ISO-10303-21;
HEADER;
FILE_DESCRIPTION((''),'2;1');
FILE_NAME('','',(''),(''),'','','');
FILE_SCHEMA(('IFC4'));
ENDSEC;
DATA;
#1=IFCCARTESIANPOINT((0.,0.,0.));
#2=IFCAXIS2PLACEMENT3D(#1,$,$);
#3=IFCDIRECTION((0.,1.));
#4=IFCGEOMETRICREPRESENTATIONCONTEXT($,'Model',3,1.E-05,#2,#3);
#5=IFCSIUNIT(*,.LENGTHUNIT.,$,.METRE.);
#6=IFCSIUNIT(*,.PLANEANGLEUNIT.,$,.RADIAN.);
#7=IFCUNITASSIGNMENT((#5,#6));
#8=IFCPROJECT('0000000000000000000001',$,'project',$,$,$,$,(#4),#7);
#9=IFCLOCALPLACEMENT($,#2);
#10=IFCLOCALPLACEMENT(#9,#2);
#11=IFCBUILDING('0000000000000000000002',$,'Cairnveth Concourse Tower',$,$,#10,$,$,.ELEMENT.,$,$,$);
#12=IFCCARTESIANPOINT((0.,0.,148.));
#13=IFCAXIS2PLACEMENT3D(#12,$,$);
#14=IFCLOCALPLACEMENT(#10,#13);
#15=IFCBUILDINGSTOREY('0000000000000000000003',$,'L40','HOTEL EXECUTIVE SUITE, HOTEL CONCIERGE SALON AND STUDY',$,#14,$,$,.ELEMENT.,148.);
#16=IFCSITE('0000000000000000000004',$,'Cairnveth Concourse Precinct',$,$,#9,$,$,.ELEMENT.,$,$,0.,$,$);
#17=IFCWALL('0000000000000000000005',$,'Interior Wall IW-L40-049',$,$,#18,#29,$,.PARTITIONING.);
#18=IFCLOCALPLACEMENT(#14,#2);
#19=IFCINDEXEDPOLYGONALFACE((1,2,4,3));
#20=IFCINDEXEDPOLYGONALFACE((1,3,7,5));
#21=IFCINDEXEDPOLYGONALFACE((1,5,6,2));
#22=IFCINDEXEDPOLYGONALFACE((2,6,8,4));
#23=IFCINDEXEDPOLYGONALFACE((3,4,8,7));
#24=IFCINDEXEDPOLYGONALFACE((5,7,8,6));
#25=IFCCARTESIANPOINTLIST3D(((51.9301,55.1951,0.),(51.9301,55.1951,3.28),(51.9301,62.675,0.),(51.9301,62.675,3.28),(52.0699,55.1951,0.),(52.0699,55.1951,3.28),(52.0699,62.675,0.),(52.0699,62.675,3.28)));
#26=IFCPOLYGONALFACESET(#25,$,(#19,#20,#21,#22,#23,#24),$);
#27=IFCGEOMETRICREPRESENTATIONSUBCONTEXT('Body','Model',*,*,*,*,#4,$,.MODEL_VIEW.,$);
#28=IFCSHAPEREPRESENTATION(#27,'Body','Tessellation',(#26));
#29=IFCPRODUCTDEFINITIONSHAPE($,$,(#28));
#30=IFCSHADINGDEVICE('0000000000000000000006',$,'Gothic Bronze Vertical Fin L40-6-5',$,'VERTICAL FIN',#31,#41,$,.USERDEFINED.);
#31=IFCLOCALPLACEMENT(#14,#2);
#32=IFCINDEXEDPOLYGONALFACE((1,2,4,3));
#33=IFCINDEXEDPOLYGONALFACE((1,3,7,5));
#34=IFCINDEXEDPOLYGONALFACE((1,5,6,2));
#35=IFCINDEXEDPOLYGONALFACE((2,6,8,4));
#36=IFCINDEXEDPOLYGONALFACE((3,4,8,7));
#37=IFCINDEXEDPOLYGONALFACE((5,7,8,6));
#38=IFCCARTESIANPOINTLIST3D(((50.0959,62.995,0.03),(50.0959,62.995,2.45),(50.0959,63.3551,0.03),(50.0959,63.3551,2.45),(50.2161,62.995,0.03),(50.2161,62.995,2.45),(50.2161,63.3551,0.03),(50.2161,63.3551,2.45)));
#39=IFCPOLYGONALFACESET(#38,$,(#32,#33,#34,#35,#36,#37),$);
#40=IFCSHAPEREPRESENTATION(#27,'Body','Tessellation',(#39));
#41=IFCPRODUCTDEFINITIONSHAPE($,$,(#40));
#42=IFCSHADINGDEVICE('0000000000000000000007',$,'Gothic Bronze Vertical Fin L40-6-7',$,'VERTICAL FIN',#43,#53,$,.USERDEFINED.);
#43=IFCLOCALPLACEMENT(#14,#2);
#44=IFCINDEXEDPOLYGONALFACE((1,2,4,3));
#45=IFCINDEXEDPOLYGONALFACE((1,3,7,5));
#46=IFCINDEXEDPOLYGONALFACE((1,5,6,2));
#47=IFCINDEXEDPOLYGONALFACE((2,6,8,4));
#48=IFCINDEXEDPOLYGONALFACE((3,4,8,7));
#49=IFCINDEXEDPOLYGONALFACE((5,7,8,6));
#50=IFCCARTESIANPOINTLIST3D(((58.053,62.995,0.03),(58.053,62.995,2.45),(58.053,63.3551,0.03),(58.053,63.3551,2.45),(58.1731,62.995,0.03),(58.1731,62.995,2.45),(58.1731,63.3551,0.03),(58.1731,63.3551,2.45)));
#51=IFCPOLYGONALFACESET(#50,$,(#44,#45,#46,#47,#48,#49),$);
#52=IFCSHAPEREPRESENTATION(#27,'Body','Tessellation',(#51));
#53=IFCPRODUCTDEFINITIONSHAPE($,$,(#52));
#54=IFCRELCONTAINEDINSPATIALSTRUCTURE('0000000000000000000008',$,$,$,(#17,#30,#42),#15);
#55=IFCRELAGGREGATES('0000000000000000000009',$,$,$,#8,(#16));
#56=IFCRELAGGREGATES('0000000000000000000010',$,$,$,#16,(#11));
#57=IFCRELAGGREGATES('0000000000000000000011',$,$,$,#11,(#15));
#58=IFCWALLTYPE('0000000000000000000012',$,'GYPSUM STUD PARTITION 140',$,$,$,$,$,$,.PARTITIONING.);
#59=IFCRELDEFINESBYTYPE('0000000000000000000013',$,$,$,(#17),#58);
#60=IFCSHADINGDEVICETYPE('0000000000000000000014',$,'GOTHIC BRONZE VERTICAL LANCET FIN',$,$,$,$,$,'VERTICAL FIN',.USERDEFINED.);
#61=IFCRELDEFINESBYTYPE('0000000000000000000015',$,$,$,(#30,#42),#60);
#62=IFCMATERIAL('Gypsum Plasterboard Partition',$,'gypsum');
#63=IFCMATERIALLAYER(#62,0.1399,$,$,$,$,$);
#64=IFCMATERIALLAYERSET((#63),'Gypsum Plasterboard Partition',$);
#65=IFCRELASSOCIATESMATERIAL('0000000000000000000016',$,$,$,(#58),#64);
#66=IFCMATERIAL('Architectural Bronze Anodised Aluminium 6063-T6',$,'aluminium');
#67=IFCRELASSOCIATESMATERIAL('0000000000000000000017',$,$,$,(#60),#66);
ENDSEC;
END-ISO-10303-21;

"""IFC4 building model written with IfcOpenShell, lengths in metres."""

from ifc_helpers import new_model, si_unit, direction, frame, frame_2d, origin, origin_2d, place, context, subcontext, project, spatial, rectangle, extrude, material, layer, layer_set, type_object, element, save


model = new_model("IFC4")

# Units and contexts
model_context = context("Model", 3, precision=1e-05, world=origin(), true_north=direction((0.0, 1.0)))
body_context = subcontext(model_context, "Body", "Model", "MODEL_VIEW")
ifc_project = project(units=[si_unit("LENGTHUNIT", "METRE"), si_unit("PLANEANGLEUNIT", "RADIAN")], contexts=[model_context])

# Site, building, storey
site_placement = place(None, origin())
site = spatial("IfcSite", under=ifc_project, at=site_placement, Name="Cairnveth Concourse Precinct", CompositionType="ELEMENT", RefElevation=0.0)
building_placement = place(site_placement, origin())
building = spatial("IfcBuilding", under=site, at=building_placement, Name="Cairnveth Concourse Tower", CompositionType="ELEMENT")
storey_placement = place(building_placement, frame((0.0, 0.0, 148.0)))
storey = spatial("IfcBuildingStorey", under=building, at=storey_placement, Name="L40", Description="HOTEL EXECUTIVE SUITE, HOTEL CONCIERGE SALON AND STUDY", CompositionType="ELEMENT", Elevation=148.0)

# Shared definitions
ifc_material_1 = material(Name="Gypsum Plasterboard Partition", Category="gypsum")

# Wall
ifc_layer_1 = layer(ifc_material_1, 0.1399)
ifc_layer_set_1 = layer_set([ifc_layer_1], Name="Gypsum Plasterboard Partition")
wall_type_1 = type_object("IfcWallType", Name="GYPSUM STUD PARTITION 140", PredefinedType="PARTITIONING", material=ifc_layer_set_1)
wall_1_placement = place(storey_placement, frame((52.0, 55.1951, 0.0), z_axis=(0.0, 0.0, 1.0), x_axis=(0.0, 1.0, 0.0)))
element("IfcWall", 1, at=wall_1_placement, inside=storey, type_object=wall_type_1, Name="Interior Wall IW-L40-049", PredefinedType="PARTITIONING", context=body_context, shape_type="SweptSolid", body=[
    extrude(rectangle(XDim=7.48, YDim=0.1399, at=frame_2d((3.74, 0.0))), origin(), (0.0, 0.0, 1.0), 3.28),
])

# Shading devices
ifc_material_2 = material(Name="Architectural Bronze Anodised Aluminium 6063-T6", Category="aluminium")
shading_device_type = type_object("IfcShadingDeviceType", Name="GOTHIC BRONZE VERTICAL LANCET FIN", ElementType="VERTICAL FIN", PredefinedType="USERDEFINED", material=ifc_material_2)
for number, where, z_axis, x_axis, name in (
    (2, (50.156, 63.175, 0.03), (0.0, 0.0, 1.0), (1.0, 0.0, 0.0), "Gothic Bronze Vertical Fin L40-6-5"),
    (3, (58.113, 63.175, 0.03), (0.0, 0.0, 1.0), (1.0, 0.0, 0.0), "Gothic Bronze Vertical Fin L40-6-7"),
):
    element("IfcShadingDevice", number, at=place(storey_placement, frame(where, z_axis=z_axis, x_axis=x_axis)), inside=storey, type_object=shading_device_type, Name=name, ObjectType="VERTICAL FIN", PredefinedType="USERDEFINED", context=body_context, shape_type="SweptSolid", body=[
        extrude(rectangle(XDim=0.1201, YDim=0.3601, at=origin_2d()), origin(), (0.0, 0.0, 1.0), 2.4199),
    ])

save(model, "model.ifc")
